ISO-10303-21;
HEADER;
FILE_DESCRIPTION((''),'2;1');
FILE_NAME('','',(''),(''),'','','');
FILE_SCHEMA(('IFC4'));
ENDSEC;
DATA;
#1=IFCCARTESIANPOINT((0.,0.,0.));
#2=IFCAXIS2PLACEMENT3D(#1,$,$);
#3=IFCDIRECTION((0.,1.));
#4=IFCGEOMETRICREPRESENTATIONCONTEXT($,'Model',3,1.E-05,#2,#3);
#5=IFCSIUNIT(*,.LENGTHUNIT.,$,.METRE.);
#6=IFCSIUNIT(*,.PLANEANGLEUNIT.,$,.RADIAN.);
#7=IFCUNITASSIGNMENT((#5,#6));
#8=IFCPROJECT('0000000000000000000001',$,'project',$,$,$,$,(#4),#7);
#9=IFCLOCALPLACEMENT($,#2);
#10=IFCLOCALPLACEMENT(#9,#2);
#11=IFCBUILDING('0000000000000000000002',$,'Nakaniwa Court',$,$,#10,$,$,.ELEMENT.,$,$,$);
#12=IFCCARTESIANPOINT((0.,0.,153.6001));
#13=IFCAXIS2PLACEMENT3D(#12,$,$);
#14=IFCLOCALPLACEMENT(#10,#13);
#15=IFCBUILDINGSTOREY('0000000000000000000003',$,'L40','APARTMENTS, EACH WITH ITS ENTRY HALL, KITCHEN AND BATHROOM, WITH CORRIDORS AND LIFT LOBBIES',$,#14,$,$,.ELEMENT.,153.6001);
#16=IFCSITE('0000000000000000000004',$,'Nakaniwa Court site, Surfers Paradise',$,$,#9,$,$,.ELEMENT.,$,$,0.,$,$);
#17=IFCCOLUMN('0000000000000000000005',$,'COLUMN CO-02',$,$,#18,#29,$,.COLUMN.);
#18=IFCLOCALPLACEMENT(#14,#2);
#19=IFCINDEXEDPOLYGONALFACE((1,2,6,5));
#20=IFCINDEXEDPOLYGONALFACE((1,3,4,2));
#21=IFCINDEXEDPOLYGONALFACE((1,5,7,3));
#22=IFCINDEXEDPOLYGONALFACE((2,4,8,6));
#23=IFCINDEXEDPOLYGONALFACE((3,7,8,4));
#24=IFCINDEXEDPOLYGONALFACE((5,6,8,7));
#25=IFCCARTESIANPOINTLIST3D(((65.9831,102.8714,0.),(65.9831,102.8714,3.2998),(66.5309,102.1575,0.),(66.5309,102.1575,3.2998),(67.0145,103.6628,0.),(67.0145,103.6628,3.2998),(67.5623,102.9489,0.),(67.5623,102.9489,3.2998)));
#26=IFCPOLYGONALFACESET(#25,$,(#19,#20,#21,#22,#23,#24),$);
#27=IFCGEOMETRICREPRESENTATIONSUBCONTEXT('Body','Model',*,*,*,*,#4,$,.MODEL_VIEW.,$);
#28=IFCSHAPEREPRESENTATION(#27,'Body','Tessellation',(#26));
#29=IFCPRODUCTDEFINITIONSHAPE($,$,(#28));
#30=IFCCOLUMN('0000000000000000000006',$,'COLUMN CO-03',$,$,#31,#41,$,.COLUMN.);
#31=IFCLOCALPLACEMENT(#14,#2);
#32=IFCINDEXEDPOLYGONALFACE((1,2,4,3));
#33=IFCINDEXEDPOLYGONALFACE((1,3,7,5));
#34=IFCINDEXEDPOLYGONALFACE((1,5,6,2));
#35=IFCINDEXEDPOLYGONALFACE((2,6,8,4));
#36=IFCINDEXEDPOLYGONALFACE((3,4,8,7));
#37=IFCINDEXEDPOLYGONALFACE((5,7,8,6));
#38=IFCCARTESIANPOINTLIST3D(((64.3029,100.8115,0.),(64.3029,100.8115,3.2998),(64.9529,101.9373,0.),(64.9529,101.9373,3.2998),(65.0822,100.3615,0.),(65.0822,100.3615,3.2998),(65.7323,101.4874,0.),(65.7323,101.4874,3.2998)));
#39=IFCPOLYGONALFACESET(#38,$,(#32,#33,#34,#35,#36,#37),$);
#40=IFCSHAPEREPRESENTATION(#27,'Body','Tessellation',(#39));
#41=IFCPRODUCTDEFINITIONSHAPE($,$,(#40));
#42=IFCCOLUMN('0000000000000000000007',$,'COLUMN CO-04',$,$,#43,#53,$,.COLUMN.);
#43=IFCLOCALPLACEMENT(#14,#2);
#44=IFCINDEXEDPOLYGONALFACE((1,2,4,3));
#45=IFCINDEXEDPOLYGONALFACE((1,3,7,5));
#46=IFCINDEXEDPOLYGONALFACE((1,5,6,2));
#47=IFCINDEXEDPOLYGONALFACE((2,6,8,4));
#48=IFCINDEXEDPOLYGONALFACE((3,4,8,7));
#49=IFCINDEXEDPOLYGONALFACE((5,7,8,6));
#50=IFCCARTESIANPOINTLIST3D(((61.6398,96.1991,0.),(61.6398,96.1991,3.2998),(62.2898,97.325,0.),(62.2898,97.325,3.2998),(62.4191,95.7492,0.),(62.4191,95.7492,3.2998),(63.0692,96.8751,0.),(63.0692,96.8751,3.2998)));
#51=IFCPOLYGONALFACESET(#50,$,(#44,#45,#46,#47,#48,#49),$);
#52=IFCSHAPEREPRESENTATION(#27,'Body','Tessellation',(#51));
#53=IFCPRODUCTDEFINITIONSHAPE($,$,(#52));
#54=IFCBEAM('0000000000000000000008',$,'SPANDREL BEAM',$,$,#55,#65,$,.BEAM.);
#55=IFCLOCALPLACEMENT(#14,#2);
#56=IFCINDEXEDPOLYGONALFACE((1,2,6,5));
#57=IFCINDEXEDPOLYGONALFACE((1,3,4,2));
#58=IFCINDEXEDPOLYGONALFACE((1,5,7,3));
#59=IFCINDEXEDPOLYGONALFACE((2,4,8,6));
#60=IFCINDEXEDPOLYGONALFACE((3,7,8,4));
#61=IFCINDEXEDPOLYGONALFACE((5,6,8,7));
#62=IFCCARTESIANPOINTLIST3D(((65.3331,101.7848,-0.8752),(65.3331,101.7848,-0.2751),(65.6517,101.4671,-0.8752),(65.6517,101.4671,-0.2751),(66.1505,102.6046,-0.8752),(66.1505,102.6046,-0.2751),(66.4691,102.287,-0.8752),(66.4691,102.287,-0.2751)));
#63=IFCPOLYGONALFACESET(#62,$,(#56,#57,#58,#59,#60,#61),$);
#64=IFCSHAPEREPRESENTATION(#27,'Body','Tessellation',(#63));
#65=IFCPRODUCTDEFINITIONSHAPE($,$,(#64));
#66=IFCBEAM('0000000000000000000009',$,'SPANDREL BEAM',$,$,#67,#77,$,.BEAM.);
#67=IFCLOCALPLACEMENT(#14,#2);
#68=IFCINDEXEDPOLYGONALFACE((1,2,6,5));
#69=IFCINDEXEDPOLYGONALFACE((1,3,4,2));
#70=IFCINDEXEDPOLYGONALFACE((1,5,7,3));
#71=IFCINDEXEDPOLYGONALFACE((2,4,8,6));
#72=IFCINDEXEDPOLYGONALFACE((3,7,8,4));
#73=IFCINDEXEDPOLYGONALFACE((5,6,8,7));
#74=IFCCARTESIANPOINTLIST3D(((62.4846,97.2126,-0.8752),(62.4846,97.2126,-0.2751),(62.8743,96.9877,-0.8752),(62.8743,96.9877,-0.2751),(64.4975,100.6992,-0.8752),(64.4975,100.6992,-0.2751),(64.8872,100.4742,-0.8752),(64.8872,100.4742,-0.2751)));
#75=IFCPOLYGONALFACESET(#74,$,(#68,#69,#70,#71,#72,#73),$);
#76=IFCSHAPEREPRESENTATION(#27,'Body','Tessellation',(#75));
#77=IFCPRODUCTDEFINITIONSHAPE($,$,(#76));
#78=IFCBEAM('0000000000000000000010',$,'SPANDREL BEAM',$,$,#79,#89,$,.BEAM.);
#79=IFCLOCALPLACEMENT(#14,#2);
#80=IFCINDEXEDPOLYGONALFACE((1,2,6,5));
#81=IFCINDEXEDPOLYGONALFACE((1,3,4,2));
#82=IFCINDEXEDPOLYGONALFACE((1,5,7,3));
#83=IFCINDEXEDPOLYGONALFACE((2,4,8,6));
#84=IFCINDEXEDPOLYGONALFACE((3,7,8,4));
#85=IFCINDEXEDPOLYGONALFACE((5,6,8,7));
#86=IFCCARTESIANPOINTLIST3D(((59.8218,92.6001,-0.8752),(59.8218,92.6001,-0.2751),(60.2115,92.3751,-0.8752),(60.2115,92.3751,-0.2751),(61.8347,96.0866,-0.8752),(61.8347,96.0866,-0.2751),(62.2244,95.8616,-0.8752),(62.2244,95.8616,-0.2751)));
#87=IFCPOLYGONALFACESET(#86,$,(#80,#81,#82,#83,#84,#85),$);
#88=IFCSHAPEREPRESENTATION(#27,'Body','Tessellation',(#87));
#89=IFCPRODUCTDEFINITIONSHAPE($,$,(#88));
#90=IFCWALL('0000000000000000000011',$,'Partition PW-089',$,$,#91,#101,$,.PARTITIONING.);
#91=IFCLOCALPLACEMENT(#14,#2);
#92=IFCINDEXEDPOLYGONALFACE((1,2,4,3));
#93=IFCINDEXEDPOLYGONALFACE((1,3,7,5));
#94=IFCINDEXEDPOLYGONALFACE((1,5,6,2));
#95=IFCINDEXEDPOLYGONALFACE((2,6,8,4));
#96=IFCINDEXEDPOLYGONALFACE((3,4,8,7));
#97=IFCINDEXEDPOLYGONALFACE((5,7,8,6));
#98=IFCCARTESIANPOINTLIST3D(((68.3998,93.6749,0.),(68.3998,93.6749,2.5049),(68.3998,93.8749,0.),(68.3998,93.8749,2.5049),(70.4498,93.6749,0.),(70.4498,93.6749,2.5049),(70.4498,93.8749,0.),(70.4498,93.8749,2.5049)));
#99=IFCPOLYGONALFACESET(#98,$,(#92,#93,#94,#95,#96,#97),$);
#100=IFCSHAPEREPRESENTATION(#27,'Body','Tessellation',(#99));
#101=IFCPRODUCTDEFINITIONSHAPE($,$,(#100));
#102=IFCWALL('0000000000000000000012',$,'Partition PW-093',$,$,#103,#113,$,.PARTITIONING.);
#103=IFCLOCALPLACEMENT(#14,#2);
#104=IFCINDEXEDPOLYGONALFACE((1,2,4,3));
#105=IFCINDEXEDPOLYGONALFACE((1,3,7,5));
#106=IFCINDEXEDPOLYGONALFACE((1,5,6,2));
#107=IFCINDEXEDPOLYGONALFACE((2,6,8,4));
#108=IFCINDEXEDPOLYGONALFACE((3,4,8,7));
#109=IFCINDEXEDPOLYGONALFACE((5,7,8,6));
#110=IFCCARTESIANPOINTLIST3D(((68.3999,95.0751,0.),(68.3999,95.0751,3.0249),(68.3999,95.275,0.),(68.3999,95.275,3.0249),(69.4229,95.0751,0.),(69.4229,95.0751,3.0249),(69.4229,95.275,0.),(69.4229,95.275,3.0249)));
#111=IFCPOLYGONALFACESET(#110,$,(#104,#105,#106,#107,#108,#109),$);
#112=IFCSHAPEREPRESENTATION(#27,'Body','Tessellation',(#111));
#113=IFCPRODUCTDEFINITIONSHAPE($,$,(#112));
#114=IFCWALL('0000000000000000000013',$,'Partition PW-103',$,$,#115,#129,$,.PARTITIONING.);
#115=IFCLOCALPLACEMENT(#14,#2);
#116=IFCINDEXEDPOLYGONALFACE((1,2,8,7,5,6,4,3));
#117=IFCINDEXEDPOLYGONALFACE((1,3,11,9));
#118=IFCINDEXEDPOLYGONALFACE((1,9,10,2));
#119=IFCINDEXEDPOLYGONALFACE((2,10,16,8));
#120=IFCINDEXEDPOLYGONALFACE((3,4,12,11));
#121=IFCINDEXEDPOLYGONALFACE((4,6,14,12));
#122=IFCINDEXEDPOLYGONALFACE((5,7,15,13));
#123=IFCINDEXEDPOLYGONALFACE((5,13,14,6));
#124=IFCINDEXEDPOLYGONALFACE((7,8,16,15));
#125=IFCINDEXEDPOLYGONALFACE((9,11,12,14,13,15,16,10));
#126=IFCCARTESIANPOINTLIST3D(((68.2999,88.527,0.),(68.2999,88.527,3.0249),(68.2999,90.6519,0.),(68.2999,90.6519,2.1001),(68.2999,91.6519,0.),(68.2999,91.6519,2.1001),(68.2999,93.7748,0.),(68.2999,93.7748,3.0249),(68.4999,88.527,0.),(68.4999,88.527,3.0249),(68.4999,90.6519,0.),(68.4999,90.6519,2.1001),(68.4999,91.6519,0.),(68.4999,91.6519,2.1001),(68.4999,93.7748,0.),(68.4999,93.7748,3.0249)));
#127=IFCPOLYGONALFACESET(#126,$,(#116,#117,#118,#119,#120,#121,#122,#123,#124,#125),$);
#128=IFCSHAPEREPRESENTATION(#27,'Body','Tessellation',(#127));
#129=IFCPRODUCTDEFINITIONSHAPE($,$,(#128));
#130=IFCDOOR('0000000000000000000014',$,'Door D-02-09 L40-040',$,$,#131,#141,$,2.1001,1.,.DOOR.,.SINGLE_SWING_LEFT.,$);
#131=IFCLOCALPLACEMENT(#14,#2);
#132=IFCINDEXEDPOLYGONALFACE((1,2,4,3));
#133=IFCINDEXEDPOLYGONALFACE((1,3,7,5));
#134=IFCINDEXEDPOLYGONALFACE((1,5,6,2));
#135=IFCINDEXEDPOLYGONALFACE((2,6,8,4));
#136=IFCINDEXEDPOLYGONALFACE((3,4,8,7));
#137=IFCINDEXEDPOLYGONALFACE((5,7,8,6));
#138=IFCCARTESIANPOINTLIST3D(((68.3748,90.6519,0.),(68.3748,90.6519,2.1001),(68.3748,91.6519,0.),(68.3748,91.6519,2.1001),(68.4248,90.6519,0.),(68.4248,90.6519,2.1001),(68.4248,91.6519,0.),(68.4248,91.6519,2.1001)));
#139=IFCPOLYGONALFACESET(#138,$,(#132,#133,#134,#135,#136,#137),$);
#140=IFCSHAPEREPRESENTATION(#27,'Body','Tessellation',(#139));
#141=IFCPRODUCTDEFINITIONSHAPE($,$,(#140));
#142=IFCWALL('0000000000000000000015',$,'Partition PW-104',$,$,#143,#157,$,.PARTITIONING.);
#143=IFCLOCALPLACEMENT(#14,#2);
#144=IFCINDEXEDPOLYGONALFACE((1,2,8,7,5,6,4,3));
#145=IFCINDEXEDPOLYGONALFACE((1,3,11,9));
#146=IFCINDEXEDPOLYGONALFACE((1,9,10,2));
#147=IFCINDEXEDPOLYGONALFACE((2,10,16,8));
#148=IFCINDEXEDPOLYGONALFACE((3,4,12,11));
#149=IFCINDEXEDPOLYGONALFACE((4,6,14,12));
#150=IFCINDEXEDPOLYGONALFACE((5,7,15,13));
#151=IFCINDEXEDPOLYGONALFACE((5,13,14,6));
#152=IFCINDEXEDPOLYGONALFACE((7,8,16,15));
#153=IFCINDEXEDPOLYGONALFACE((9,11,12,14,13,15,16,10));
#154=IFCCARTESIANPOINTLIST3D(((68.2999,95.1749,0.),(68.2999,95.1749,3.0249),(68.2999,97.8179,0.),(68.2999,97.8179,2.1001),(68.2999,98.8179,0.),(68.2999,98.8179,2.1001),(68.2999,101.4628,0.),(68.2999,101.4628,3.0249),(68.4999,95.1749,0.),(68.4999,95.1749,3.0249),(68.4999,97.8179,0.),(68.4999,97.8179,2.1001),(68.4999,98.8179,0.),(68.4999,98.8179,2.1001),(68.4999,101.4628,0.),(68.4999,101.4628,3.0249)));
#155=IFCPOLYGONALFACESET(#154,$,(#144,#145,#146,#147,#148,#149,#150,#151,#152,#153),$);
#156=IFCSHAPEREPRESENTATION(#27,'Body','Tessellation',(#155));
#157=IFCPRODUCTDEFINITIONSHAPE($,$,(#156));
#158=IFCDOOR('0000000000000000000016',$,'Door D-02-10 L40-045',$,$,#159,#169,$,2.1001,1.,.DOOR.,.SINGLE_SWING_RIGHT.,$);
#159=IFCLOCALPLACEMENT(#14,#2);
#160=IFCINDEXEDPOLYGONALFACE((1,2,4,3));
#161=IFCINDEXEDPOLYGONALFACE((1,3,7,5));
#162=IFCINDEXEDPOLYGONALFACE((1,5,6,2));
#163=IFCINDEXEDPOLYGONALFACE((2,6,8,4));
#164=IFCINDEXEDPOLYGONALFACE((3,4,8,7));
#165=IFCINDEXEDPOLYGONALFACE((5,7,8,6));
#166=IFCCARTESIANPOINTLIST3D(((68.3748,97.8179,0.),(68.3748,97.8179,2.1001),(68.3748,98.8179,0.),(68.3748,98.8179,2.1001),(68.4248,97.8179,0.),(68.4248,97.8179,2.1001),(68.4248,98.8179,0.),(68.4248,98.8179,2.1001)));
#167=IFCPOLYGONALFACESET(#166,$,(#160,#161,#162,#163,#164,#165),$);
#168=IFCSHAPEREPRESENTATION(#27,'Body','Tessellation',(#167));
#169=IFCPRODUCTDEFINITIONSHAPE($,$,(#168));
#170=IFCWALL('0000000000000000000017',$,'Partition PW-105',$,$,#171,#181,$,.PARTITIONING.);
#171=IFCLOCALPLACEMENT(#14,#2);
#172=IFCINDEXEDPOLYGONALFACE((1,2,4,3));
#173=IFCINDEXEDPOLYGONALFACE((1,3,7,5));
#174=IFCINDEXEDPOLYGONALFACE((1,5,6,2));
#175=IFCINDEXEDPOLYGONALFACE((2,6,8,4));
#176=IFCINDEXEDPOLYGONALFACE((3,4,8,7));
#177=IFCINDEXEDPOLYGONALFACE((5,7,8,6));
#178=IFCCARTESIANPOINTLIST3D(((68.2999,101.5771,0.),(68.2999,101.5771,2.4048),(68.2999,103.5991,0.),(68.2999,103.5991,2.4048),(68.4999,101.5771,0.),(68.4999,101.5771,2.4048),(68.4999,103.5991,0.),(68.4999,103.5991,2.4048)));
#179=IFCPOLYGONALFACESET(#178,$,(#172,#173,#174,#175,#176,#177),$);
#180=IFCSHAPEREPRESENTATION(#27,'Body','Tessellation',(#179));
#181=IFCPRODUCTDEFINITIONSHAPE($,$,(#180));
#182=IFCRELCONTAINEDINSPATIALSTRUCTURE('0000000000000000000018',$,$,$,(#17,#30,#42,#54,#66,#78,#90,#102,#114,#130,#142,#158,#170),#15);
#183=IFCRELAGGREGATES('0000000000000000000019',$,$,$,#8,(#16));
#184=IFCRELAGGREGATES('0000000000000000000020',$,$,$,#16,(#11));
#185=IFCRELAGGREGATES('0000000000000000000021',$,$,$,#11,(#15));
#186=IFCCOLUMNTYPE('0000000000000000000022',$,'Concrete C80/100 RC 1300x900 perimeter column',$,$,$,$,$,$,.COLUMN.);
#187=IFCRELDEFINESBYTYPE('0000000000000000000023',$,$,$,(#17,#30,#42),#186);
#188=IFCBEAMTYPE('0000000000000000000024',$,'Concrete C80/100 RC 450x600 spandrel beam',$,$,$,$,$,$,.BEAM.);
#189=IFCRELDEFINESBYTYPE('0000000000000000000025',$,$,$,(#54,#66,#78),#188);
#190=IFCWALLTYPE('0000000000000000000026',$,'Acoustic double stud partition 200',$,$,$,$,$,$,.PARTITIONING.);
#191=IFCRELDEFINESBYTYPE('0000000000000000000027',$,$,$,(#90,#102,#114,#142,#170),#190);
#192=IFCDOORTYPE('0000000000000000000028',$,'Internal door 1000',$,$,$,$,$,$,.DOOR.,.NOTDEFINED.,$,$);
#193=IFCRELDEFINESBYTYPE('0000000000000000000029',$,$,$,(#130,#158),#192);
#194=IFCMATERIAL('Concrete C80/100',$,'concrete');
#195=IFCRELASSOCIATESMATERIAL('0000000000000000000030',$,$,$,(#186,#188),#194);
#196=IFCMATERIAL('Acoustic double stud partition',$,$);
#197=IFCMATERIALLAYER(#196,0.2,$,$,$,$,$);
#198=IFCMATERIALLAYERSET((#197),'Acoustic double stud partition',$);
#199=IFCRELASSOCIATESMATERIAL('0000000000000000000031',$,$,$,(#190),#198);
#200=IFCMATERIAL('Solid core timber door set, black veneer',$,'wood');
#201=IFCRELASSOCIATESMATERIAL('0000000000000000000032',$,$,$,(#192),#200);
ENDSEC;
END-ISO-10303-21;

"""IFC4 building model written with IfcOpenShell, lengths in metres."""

from ifc_helpers import new_model, si_unit, direction, frame, frame_2d, origin, origin_2d, place, context, subcontext, project, spatial, rectangle, extrude, material, layer, layer_set, material_profile, profile_set, type_object, element, fill, save


model = new_model("IFC4")

# Units and contexts
model_context = context("Model", 3, precision=1e-05, world=origin(), true_north=direction((0.0, 1.0)))
body_context = subcontext(model_context, "Body", "Model", "MODEL_VIEW")
ifc_project = project(units=[si_unit("LENGTHUNIT", "METRE"), si_unit("PLANEANGLEUNIT", "RADIAN")], contexts=[model_context])

# Site, building, storey
site_placement = place(None, origin())
site = spatial("IfcSite", under=ifc_project, at=site_placement, Name="Nakaniwa Court site, Surfers Paradise", CompositionType="ELEMENT", RefElevation=0.0)
building_placement = place(site_placement, origin())
building = spatial("IfcBuilding", under=site, at=building_placement, Name="Nakaniwa Court", CompositionType="ELEMENT")
storey_placement = place(building_placement, frame((0.0, 0.0, 153.6001)))
storey = spatial("IfcBuildingStorey", under=building, at=storey_placement, Name="L40", Description="APARTMENTS, EACH WITH ITS ENTRY HALL, KITCHEN AND BATHROOM, WITH CORRIDORS AND LIFT LOBBIES", CompositionType="ELEMENT", Elevation=153.6001)

# Columns
ifc_material_1 = material(Name="Concrete C80/100", Category="concrete")
ifc_material_profile_1 = material_profile(ifc_material_1, rectangle(XDim=1.3, YDim=0.8999, at=origin_2d()), Name="Concrete C80/100 RC 1300x900 perimeter column")
ifc_profile_set_1 = profile_set([ifc_material_profile_1], Name="Concrete C80/100")
column_type = type_object("IfcColumnType", Name="Concrete C80/100 RC 1300x900 perimeter column", PredefinedType="COLUMN", material=ifc_profile_set_1)
for number, where, z_axis, x_axis, name in (
    (1, (66.7727, 102.9102, 0.0), (0.0, 0.0, 1.0), (-0.793364, -0.608748, 0.0), "COLUMN CO-02"),
    (2, (65.0176, 101.1494, 0.0), (0.0, 0.0, 1.0), (-0.5, -0.866025, 0.0), "COLUMN CO-03"),
    (3, (62.3545, 96.5371, 0.0), (0.0, 0.0, 1.0), (-0.5, -0.866025, 0.0), "COLUMN CO-04"),
):
    element("IfcColumn", number, at=place(storey_placement, frame(where, z_axis=z_axis, x_axis=x_axis)), inside=storey, type_object=column_type, Name=name, PredefinedType="COLUMN", context=body_context, shape_type="SweptSolid", body=[
        extrude(rectangle(XDim=1.3, YDim=0.8999, at=origin_2d()), origin(), (0.0, 0.0, 1.0), 3.2998),
    ])

# Beams
ifc_material_profile_2 = material_profile(ifc_material_1, rectangle(XDim=0.45, YDim=0.6001, at=origin_2d()), Name="Concrete C80/100 RC 450x600 spandrel beam")
ifc_profile_set_2 = profile_set([ifc_material_profile_2], Name="Concrete C80/100")
beam_type = type_object("IfcBeamType", Name="Concrete C80/100 RC 450x600 spandrel beam", PredefinedType="BEAM", material=ifc_profile_set_2)
beam_placement = place(storey_placement, frame((66.3098, 102.4458, -0.5752), z_axis=(-0.706052, -0.70816, 0.0), x_axis=(0.70816, -0.706052, 0.0)))
element("IfcBeam", 4, at=beam_placement, inside=storey, type_object=beam_type, Name="SPANDREL BEAM", PredefinedType="BEAM", context=body_context, shape_type="SweptSolid", body=[
    extrude(rectangle(XDim=0.45, YDim=0.6001, at=origin_2d()), origin(), (0.0, 0.0, 1.0), 1.1577),
])
for number, where, z_axis, x_axis, name in (
    (5, (64.6924, 100.5867, -0.5752), (-0.499994, -0.866029, 0.0), (0.866029, -0.499994, 0.0), "SPANDREL BEAM"),
    (6, (62.0295, 95.9741, -0.5752), (-0.499994, -0.866029, 0.0), (0.866029, -0.499994, 0.0), "SPANDREL BEAM"),
):
    element("IfcBeam", number, at=place(storey_placement, frame(where, z_axis=z_axis, x_axis=x_axis)), inside=storey, type_object=beam_type, Name=name, PredefinedType="BEAM", context=body_context, shape_type="SweptSolid", body=[
        extrude(rectangle(XDim=0.45, YDim=0.6001, at=origin_2d()), origin(), (0.0, 0.0, 1.0), 4.0259),
    ])

# Walls
ifc_material_2 = material(Name="Acoustic double stud partition")
ifc_layer_1 = layer(ifc_material_2, 0.2)
ifc_layer_set_1 = layer_set([ifc_layer_1], Name="Acoustic double stud partition")
wall_type_1 = type_object("IfcWallType", Name="Acoustic double stud partition 200", PredefinedType="PARTITIONING", material=ifc_layer_set_1)
wall_1_placement = place(storey_placement, frame((68.3999, 93.7749, 0.0), z_axis=(0.0, 0.0, 1.0), x_axis=(1.0, 0.0, 0.0)))
element("IfcWall", 7, at=wall_1_placement, inside=storey, type_object=wall_type_1, Name="Partition PW-089", PredefinedType="PARTITIONING", context=body_context, shape_type="SweptSolid", body=[
    extrude(rectangle(XDim=2.05, YDim=0.2, at=frame_2d((1.0249, 0.0))), origin(), (0.0, 0.0, 1.0), 2.5049),
])
wall_2_placement = place(storey_placement, frame((68.3999, 95.175, 0.0), z_axis=(0.0, 0.0, 1.0), x_axis=(1.0, 0.0, 0.0)))
element("IfcWall", 8, at=wall_2_placement, inside=storey, type_object=wall_type_1, Name="Partition PW-093", PredefinedType="PARTITIONING", context=body_context, shape_type="SweptSolid", body=[
    extrude(rectangle(XDim=1.0229, YDim=0.2, at=frame_2d((0.5115, 0.0))), origin(), (0.0, 0.0, 1.0), 3.0249),
])

# Walls, openings, doors
wall_3_placement = place(storey_placement, frame((68.3999, 93.7749, 0.0), z_axis=(0.0, 0.0, 1.0), x_axis=(0.0, -1.0, 0.0)))
wall_3 = element("IfcWall", 9, at=wall_3_placement, inside=storey, type_object=wall_type_1, Name="Partition PW-103", PredefinedType="PARTITIONING", context=body_context, shape_type="SweptSolid", body=[
    extrude(rectangle(XDim=5.2478, YDim=0.2, at=frame_2d((2.624, 0.0))), origin(), (0.0, 0.0, 1.0), 3.0249),
])
opening_1_placement = place(wall_3_placement, frame((2.123, 0.0, 0.0)))
opening_1 = element("IfcOpeningElement", 10, at=opening_1_placement, cuts=wall_3, PredefinedType="OPENING", context=body_context, shape_type="SweptSolid", body=[
    extrude(rectangle(XDim=1.0, YDim=2.1001, at=frame_2d((0.5, 1.05))), frame((0.0, 0.1099, 0.0), z_axis=(0.0, -1.0, 0.0), x_axis=(1.0, 0.0, 0.0)), (0.0, 0.0, 1.0), 0.22),
])
ifc_material_3 = material(Name="Solid core timber door set, black veneer", Category="wood")
door_type_1 = type_object("IfcDoorType", Name="Internal door 1000", OperationType="NOTDEFINED", PredefinedType="DOOR", material=ifc_material_3)
door_1_placement = place(opening_1_placement, origin())
door_1 = element("IfcDoor", 11, at=door_1_placement, inside=storey, type_object=door_type_1, Name="Door D-02-09 L40-040", OperationType="SINGLE_SWING_LEFT", OverallHeight=2.1001, OverallWidth=1.0, PredefinedType="DOOR", context=body_context, shape_type="SweptSolid", body=[
    extrude(rectangle(XDim=1.0, YDim=2.1001, at=frame_2d((0.5, 1.05))), frame((0.0, 0.0249, 0.0), z_axis=(0.0, -1.0, 0.0), x_axis=(1.0, 0.0, 0.0)), (0.0, 0.0, 1.0), 0.05),
])
fill(opening_1, door_1)
wall_4_placement = place(storey_placement, frame((68.3999, 101.4629, 0.0), z_axis=(0.0, 0.0, 1.0), x_axis=(0.0, -1.0, 0.0)))
wall_4 = element("IfcWall", 12, at=wall_4_placement, inside=storey, type_object=wall_type_1, Name="Partition PW-104", PredefinedType="PARTITIONING", context=body_context, shape_type="SweptSolid", body=[
    extrude(rectangle(XDim=6.2878, YDim=0.2, at=frame_2d((3.144, 0.0))), origin(), (0.0, 0.0, 1.0), 3.0249),
])
opening_2_placement = place(wall_4_placement, frame((2.645, 0.0, 0.0)))
opening_2 = element("IfcOpeningElement", 13, at=opening_2_placement, cuts=wall_4, PredefinedType="OPENING", context=body_context, shape_type="SweptSolid", body=[
    extrude(rectangle(XDim=1.0, YDim=2.1001, at=frame_2d((0.5, 1.05))), frame((0.0, 0.1099, 0.0), z_axis=(0.0, -1.0, 0.0), x_axis=(1.0, 0.0, 0.0)), (0.0, 0.0, 1.0), 0.22),
])
door_2_placement = place(opening_2_placement, origin())
door_2 = element("IfcDoor", 14, at=door_2_placement, inside=storey, type_object=door_type_1, Name="Door D-02-10 L40-045", OperationType="SINGLE_SWING_RIGHT", OverallHeight=2.1001, OverallWidth=1.0, PredefinedType="DOOR", context=body_context, shape_type="SweptSolid", body=[
    extrude(rectangle(XDim=1.0, YDim=2.1001, at=frame_2d((0.5, 1.05))), frame((0.0, 0.0249, 0.0), z_axis=(0.0, -1.0, 0.0), x_axis=(1.0, 0.0, 0.0)), (0.0, 0.0, 1.0), 0.05),
])
fill(opening_2, door_2)

# Wall
wall_5_placement = place(storey_placement, frame((68.3999, 101.5771, 0.0), z_axis=(0.0, 0.0, 1.0), x_axis=(0.0, 1.0, 0.0)))
element("IfcWall", 15, at=wall_5_placement, inside=storey, type_object=wall_type_1, Name="Partition PW-105", PredefinedType="PARTITIONING", context=body_context, shape_type="SweptSolid", body=[
    extrude(rectangle(XDim=2.022, YDim=0.2, at=frame_2d((1.011, 0.0))), origin(), (0.0, 0.0, 1.0), 2.4048),
])

save(model, "model.ifc")
